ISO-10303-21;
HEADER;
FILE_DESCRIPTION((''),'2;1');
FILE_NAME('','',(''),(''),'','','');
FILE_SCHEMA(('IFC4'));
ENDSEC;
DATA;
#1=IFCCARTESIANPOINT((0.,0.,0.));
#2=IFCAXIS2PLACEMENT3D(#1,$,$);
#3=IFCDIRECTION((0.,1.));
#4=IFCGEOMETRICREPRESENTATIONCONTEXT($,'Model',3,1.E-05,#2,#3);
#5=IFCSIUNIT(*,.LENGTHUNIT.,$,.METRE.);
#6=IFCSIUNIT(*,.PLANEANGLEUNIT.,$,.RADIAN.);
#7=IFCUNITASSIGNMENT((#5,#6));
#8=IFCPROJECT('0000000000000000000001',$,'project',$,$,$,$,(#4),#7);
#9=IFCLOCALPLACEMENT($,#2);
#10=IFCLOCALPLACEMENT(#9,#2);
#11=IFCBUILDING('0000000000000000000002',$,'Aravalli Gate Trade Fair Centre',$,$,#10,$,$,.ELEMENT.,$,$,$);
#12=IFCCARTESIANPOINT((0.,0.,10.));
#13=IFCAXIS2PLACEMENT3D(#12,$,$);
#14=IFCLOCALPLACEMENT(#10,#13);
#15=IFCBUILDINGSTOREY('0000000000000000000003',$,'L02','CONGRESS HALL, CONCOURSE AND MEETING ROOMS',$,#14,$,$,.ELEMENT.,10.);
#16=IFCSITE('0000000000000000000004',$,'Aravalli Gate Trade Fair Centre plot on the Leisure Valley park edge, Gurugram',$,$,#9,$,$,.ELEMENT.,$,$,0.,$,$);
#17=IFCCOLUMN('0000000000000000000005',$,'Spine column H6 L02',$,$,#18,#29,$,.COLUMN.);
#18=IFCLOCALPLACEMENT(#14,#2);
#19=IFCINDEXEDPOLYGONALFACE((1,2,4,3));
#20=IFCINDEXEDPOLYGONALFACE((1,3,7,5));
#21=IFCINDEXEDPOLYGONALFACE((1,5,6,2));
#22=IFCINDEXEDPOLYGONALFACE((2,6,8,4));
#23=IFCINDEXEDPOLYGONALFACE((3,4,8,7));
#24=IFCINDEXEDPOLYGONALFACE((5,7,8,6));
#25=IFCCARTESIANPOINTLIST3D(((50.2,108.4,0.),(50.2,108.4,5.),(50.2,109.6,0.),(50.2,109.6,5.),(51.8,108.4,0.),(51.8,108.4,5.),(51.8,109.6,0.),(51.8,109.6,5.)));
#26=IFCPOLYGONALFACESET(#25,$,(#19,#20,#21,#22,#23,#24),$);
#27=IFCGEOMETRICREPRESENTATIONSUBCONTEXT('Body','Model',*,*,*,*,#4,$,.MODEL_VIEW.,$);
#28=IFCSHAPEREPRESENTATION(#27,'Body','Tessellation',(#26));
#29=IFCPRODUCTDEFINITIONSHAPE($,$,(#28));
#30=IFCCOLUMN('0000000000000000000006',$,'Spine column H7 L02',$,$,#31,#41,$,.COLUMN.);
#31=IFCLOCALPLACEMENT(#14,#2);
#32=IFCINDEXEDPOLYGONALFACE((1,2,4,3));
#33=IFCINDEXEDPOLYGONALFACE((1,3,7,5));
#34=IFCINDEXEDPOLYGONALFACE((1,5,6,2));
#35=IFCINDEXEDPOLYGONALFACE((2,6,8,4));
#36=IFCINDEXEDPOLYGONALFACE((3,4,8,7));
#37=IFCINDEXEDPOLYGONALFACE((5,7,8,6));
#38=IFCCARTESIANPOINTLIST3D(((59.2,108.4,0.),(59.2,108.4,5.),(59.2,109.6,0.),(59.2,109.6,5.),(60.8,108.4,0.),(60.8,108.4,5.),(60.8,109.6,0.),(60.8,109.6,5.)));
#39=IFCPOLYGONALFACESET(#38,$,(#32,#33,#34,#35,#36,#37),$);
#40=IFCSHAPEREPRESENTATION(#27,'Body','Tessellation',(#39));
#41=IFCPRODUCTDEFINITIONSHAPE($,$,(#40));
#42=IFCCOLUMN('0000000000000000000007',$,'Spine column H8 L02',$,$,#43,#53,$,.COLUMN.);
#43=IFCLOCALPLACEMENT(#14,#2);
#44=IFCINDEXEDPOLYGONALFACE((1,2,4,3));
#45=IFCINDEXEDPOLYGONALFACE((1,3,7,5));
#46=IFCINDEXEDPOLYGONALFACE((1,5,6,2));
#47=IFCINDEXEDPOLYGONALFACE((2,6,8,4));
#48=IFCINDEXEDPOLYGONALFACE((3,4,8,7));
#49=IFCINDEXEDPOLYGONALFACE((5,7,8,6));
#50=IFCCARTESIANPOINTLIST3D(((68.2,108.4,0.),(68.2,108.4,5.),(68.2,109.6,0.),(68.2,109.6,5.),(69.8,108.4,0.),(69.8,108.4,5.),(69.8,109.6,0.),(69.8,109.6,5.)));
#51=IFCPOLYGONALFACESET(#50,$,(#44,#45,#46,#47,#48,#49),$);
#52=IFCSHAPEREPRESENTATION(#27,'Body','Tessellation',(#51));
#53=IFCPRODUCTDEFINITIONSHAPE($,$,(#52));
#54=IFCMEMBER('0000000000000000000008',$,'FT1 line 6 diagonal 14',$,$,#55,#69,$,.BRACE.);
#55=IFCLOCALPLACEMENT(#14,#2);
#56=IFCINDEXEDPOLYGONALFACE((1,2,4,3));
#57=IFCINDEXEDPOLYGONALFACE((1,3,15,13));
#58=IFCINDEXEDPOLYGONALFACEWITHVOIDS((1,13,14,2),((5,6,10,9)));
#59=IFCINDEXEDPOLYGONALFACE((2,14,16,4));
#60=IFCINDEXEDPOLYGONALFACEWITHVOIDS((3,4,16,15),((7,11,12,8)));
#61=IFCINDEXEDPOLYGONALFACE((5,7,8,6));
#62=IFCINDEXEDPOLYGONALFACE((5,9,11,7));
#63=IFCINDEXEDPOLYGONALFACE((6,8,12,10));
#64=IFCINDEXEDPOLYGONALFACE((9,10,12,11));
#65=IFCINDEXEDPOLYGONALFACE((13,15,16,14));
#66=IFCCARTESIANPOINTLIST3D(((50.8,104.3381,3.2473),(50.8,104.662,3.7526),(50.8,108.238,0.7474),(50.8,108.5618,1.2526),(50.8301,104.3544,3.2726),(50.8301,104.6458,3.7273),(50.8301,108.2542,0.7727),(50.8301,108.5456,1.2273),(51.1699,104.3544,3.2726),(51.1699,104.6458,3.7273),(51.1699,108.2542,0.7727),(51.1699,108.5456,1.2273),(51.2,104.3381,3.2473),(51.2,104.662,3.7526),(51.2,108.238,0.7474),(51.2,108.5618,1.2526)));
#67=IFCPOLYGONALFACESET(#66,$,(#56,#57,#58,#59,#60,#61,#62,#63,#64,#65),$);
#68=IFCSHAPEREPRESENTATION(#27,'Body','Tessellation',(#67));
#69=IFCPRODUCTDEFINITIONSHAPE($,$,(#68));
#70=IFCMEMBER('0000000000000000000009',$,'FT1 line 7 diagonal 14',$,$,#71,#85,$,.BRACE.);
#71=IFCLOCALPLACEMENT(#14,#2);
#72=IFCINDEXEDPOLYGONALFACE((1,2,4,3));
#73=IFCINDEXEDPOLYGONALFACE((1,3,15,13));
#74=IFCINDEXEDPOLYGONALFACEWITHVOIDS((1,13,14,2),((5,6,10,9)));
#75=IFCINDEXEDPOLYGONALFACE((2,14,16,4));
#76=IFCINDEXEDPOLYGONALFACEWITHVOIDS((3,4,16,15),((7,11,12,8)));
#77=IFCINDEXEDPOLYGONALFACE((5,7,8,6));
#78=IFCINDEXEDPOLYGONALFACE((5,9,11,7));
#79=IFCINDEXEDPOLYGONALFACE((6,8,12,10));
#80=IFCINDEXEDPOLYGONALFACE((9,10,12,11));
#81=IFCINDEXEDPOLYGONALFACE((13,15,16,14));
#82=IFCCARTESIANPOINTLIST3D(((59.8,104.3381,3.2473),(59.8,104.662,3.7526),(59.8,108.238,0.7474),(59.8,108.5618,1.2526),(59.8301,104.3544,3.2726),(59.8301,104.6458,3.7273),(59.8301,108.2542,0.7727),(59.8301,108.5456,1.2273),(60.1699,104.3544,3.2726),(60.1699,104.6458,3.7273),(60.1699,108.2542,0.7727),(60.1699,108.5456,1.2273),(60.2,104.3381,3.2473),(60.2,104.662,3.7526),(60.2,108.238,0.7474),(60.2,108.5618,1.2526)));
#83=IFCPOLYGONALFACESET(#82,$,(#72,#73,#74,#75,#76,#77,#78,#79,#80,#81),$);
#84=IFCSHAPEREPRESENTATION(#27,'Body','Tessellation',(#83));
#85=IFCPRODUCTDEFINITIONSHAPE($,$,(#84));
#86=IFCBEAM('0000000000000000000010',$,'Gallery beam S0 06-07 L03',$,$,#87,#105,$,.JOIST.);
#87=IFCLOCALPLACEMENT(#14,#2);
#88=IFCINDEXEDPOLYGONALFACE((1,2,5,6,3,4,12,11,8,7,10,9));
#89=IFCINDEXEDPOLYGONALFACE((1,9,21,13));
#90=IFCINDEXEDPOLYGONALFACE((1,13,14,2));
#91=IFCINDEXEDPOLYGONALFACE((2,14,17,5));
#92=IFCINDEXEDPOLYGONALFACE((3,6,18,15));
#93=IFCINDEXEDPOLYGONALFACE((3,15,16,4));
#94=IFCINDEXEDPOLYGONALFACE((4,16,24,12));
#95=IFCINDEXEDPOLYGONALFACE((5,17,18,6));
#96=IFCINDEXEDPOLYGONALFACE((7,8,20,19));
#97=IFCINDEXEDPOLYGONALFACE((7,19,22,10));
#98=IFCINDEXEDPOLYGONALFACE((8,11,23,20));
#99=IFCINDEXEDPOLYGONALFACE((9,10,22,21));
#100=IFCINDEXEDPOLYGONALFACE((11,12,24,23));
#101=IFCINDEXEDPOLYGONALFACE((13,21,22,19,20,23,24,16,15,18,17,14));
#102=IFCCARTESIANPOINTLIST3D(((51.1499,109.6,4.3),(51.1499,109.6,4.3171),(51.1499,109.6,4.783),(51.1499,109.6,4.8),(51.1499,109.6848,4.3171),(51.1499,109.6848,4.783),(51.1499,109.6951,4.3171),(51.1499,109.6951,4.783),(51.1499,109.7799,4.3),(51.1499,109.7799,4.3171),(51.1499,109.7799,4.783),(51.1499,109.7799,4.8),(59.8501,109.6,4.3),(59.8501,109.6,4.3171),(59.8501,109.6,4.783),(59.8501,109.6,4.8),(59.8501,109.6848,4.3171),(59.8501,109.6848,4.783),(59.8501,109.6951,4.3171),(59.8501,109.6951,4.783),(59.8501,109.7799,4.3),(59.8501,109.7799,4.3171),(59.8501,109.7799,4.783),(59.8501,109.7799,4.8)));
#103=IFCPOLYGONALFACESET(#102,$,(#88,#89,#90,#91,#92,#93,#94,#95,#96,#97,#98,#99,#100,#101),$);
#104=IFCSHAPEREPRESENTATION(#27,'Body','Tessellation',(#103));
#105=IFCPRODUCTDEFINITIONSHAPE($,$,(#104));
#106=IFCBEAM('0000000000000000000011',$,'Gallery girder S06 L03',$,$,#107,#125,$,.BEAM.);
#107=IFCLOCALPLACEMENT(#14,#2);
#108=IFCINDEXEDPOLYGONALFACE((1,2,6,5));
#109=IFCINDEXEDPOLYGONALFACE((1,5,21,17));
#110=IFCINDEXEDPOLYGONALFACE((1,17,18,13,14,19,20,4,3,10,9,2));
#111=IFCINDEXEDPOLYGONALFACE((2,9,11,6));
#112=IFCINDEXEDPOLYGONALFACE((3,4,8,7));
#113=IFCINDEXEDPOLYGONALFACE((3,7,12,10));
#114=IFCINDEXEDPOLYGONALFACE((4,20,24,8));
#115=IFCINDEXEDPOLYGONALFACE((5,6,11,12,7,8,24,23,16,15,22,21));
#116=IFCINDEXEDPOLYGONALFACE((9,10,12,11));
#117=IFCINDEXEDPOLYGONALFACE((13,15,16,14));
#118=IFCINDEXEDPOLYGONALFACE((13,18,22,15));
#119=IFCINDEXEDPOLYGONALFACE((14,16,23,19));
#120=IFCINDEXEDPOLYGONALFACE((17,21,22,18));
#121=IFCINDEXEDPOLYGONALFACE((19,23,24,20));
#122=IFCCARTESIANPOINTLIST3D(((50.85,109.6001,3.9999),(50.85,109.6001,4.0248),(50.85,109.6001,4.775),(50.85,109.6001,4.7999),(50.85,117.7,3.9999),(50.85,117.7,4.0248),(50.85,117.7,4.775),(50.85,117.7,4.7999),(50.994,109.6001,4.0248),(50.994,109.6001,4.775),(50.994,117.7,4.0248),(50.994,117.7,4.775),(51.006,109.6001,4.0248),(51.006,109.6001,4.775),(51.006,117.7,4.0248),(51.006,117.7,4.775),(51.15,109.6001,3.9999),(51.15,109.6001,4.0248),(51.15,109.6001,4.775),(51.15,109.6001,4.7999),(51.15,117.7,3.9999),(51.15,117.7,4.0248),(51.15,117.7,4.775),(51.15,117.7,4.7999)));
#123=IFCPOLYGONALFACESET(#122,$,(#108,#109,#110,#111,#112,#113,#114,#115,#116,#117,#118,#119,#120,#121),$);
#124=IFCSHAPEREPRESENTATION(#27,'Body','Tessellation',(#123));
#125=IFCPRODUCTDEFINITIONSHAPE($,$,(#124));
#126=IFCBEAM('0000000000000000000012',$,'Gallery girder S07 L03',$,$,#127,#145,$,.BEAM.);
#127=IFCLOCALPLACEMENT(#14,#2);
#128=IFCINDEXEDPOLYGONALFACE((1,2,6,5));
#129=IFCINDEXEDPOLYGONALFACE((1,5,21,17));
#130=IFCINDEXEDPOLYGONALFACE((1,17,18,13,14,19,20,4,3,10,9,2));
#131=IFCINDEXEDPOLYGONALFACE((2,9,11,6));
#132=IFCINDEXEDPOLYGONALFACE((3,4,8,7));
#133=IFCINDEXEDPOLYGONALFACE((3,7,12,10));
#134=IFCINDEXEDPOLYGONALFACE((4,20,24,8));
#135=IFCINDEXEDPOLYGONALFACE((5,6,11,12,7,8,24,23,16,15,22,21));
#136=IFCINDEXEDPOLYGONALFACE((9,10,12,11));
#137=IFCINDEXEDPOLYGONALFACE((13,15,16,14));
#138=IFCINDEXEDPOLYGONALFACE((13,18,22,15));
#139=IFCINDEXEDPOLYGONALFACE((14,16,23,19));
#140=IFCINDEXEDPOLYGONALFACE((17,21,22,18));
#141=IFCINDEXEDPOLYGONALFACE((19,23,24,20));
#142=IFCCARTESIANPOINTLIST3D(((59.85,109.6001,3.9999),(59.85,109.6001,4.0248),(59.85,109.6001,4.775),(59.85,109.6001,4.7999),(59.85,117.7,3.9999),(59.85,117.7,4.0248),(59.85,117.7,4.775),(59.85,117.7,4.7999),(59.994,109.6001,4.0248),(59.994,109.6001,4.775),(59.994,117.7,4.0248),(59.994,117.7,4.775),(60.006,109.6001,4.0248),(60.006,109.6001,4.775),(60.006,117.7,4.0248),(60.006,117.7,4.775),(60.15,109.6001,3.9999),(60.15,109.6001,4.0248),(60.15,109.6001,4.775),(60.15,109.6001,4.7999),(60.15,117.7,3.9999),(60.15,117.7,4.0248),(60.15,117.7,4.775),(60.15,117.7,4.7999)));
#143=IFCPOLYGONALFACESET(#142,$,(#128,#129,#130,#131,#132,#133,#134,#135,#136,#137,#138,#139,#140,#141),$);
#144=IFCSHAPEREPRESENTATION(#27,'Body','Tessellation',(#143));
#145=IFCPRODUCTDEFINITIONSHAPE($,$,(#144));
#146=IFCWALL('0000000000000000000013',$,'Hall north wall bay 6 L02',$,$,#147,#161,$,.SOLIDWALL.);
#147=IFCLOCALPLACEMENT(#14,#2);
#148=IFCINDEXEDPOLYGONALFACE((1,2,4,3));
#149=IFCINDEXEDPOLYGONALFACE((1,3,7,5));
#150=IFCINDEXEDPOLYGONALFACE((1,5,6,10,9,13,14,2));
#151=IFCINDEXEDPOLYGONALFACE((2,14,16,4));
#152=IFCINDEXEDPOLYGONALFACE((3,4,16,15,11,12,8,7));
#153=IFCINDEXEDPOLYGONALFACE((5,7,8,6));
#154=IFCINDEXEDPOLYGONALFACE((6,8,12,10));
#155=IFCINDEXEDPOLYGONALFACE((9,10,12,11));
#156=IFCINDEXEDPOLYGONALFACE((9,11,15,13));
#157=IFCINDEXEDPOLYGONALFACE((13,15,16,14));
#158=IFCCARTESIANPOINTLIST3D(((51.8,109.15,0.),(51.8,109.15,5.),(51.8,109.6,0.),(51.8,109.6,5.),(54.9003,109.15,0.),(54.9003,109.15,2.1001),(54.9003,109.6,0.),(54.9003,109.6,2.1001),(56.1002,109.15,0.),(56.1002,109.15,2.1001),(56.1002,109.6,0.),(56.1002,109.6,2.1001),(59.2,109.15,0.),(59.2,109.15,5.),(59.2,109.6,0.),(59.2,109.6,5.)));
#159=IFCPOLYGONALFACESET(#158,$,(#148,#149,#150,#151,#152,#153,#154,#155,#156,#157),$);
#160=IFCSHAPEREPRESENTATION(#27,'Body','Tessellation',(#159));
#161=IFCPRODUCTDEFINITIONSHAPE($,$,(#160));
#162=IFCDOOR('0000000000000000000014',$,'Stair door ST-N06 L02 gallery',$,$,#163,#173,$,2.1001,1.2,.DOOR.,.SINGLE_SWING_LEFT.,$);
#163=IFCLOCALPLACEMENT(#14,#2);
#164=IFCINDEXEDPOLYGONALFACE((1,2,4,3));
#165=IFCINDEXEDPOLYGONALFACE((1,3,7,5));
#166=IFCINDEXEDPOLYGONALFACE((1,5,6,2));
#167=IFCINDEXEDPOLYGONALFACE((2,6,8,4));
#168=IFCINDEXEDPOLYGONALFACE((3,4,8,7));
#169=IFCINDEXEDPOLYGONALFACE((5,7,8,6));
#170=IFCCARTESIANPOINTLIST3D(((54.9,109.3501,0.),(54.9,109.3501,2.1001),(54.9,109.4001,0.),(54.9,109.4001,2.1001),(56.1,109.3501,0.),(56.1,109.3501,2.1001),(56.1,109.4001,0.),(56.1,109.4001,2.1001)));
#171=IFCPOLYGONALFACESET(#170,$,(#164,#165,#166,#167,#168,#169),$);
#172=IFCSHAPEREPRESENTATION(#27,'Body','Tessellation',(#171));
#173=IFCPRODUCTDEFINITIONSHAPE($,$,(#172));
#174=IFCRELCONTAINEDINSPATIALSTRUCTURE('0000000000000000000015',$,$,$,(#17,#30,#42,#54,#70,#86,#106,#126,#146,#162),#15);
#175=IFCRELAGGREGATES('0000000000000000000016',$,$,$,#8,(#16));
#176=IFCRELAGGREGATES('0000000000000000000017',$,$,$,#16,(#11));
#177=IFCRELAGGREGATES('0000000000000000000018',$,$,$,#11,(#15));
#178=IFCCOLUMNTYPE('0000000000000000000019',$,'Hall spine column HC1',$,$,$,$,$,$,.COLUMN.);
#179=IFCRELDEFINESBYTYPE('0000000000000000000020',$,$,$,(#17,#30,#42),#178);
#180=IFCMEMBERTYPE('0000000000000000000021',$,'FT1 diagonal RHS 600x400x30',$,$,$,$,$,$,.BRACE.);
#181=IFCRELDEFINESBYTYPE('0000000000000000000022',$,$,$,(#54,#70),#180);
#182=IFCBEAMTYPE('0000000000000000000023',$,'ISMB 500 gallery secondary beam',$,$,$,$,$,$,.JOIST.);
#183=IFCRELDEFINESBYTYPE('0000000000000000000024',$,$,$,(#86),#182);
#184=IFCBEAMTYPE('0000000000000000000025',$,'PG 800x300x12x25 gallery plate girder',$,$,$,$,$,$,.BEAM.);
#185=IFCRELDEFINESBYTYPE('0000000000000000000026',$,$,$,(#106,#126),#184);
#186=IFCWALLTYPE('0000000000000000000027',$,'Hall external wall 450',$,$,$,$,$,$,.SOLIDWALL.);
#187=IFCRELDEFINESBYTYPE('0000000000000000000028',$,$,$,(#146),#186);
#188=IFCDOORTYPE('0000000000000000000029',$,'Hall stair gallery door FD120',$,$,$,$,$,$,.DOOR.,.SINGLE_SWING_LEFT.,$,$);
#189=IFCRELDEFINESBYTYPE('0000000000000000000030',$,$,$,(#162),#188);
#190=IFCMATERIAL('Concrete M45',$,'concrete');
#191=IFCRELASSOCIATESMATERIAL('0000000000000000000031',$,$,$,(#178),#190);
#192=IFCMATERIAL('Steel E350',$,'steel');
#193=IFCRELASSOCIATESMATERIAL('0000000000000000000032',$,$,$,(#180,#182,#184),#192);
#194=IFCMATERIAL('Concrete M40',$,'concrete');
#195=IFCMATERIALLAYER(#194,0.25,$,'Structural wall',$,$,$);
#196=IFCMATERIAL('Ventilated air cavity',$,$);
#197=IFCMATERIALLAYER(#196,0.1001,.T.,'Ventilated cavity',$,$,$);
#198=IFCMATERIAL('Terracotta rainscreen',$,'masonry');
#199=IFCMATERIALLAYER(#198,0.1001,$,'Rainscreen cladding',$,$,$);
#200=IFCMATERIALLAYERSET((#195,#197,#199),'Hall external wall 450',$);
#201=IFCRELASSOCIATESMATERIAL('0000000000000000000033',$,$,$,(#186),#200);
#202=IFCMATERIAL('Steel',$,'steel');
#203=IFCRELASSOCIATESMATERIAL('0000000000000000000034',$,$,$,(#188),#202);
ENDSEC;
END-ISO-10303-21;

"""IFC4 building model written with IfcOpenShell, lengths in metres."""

from ifc_helpers import new_model, si_unit, direction, frame, frame_2d, origin, origin_2d, place, context, subcontext, project, spatial, rectangle, hollow_rectangle, i_section, extrude, material, layer, layer_set, material_profile, profile_set, type_object, element, fill, save


model = new_model("IFC4")

# Units and contexts
model_context = context("Model", 3, precision=1e-05, world=origin(), true_north=direction((0.0, 1.0)))
body_context = subcontext(model_context, "Body", "Model", "MODEL_VIEW")
ifc_project = project(units=[si_unit("LENGTHUNIT", "METRE"), si_unit("PLANEANGLEUNIT", "RADIAN")], contexts=[model_context])

# Site, building, storey
site_placement = place(None, origin())
site = spatial("IfcSite", under=ifc_project, at=site_placement, Name="Aravalli Gate Trade Fair Centre plot on the Leisure Valley park edge, Gurugram", CompositionType="ELEMENT", RefElevation=0.0)
building_placement = place(site_placement, origin())
building = spatial("IfcBuilding", under=site, at=building_placement, Name="Aravalli Gate Trade Fair Centre", CompositionType="ELEMENT")
storey_placement = place(building_placement, frame((0.0, 0.0, 10.0)))
storey = spatial("IfcBuildingStorey", under=building, at=storey_placement, Name="L02", Description="CONGRESS HALL, CONCOURSE AND MEETING ROOMS", CompositionType="ELEMENT", Elevation=10.0)

# Columns
ifc_material_1 = material(Name="Concrete M45", Category="concrete")
ifc_material_profile_1 = material_profile(ifc_material_1, rectangle(XDim=1.6001, YDim=1.2, at=origin_2d()), Name="RC 1600x1200")
ifc_profile_set_1 = profile_set([ifc_material_profile_1], Name="Concrete M45")
column_type = type_object("IfcColumnType", Name="Hall spine column HC1", PredefinedType="COLUMN", material=ifc_profile_set_1)
for number, where, z_axis, x_axis, name in (
    (1, (51.0, 109.0, 0.0), (0.0, 0.0, 1.0), (1.0, 0.0, 0.0), "Spine column H6 L02"),
    (2, (60.0, 109.0, 0.0), (0.0, 0.0, 1.0), (1.0, 0.0, 0.0), "Spine column H7 L02"),
    (3, (69.0, 109.0, 0.0), (0.0, 0.0, 1.0), (1.0, 0.0, 0.0), "Spine column H8 L02"),
):
    element("IfcColumn", number, at=place(storey_placement, frame(where, z_axis=z_axis, x_axis=x_axis)), inside=storey, type_object=column_type, Name=name, PredefinedType="COLUMN", context=body_context, shape_type="SweptSolid", body=[
        extrude(rectangle(XDim=1.6001, YDim=1.2, at=origin_2d()), origin(), (0.0, 0.0, 1.0), 5.0),
    ])

# Members
ifc_material_2 = material(Name="Steel E350", Category="steel")
ifc_material_profile_2 = material_profile(ifc_material_2, hollow_rectangle(XDim=0.3999, YDim=0.6001, WallThickness=0.03, at=origin_2d()), Name="RHS 600x400x30")
ifc_profile_set_2 = profile_set([ifc_material_profile_2], Name="Steel E350")
member_type = type_object("IfcMemberType", Name="FT1 diagonal RHS 600x400x30", PredefinedType="BRACE", material=ifc_profile_set_2)
for number, where, z_axis, x_axis, name in (
    (4, (51.0, 108.3999, 1.0), (0.0, -0.841873, 0.539676), (1.0, 0.0, 0.0), "FT1 line 6 diagonal 14"),
    (5, (60.0, 108.3999, 1.0), (0.0, -0.841873, 0.539676), (1.0, 0.0, 0.0), "FT1 line 7 diagonal 14"),
):
    element("IfcMember", number, at=place(storey_placement, frame(where, z_axis=z_axis, x_axis=x_axis)), inside=storey, type_object=member_type, Name=name, PredefinedType="BRACE", context=body_context, shape_type="SweptSolid", body=[
        extrude(hollow_rectangle(XDim=0.3999, YDim=0.6001, WallThickness=0.03, at=origin_2d()), origin(), (0.0, 0.0, 1.0), 4.6323),
    ])

# Beams
ifc_material_profile_3 = material_profile(ifc_material_2, i_section(OverallWidth=0.1799, OverallDepth=0.5, WebThickness=0.0103, FlangeThickness=0.0171, at=origin_2d()), Name="ISMB 500")
ifc_profile_set_3 = profile_set([ifc_material_profile_3], Name="Steel E350")
beam_type_1 = type_object("IfcBeamType", Name="ISMB 500 gallery secondary beam", PredefinedType="JOIST", material=ifc_profile_set_3)
beam_placement = place(storey_placement, frame((51.1499, 109.6899, 4.55), z_axis=(1.0, 0.0, 0.0), x_axis=(0.0, 1.0, 0.0)))
element("IfcBeam", 6, at=beam_placement, inside=storey, type_object=beam_type_1, Name="Gallery beam S0 06-07 L03", PredefinedType="JOIST", context=body_context, shape_type="SweptSolid", body=[
    extrude(i_section(OverallWidth=0.1799, OverallDepth=0.5, WebThickness=0.0103, FlangeThickness=0.0171, at=origin_2d()), origin(), (0.0, 0.0, 1.0), 8.7002),
])
ifc_material_profile_4 = material_profile(ifc_material_2, i_section(OverallWidth=0.3, OverallDepth=0.8, WebThickness=0.012, FlangeThickness=0.0249, at=origin_2d()), Name="PG 800x300x12x25")
ifc_profile_set_4 = profile_set([ifc_material_profile_4], Name="Steel E350")
beam_type_2 = type_object("IfcBeamType", Name="PG 800x300x12x25 gallery plate girder", PredefinedType="BEAM", material=ifc_profile_set_4)
for number, where, z_axis, x_axis, name in (
    (7, (51.0, 109.6001, 4.3999), (0.0, 1.0, 0.0), (-1.0, 0.0, 0.0), "Gallery girder S06 L03"),
    (8, (60.0, 109.6001, 4.3999), (0.0, 1.0, 0.0), (-1.0, 0.0, 0.0), "Gallery girder S07 L03"),
):
    element("IfcBeam", number, at=place(storey_placement, frame(where, z_axis=z_axis, x_axis=x_axis)), inside=storey, type_object=beam_type_2, Name=name, PredefinedType="BEAM", context=body_context, shape_type="SweptSolid", body=[
        extrude(i_section(OverallWidth=0.3, OverallDepth=0.8, WebThickness=0.012, FlangeThickness=0.0249, at=origin_2d()), origin(), (0.0, 0.0, 1.0), 8.0999),
    ])

# Wall, opening, door
ifc_material_3 = material(Name="Concrete M40", Category="concrete")
ifc_layer_1 = layer(ifc_material_3, 0.25, Name="Structural wall")
ifc_material_4 = material(Name="Ventilated air cavity")
ifc_layer_2 = layer(ifc_material_4, 0.1001, ventilated=True, Name="Ventilated cavity")
ifc_material_5 = material(Name="Terracotta rainscreen", Category="masonry")
ifc_layer_3 = layer(ifc_material_5, 0.1001, Name="Rainscreen cladding")
ifc_layer_set_1 = layer_set([ifc_layer_1, ifc_layer_2, ifc_layer_3], Name="Hall external wall 450")
wall_type_1 = type_object("IfcWallType", Name="Hall external wall 450", PredefinedType="SOLIDWALL", material=ifc_layer_set_1)
wall_1_placement = place(storey_placement, frame((51.8, 109.375, 0.0), z_axis=(0.0, 0.0, 1.0), x_axis=(1.0, 0.0, 0.0)))
wall_1 = element("IfcWall", 9, at=wall_1_placement, inside=storey, type_object=wall_type_1, Name="Hall north wall bay 6 L02", PredefinedType="SOLIDWALL", context=body_context, shape_type="SweptSolid", body=[
    extrude(rectangle(XDim=7.3999, YDim=0.45, at=frame_2d((3.7, 0.0))), origin(), (0.0, 0.0, 1.0), 5.0),
])
opening_1_placement = place(wall_1_placement, frame((3.1001, 0.0, 0.0)))
opening_1 = element("IfcOpeningElement", 10, at=opening_1_placement, cuts=wall_1, PredefinedType="OPENING", context=body_context, shape_type="SweptSolid", body=[
    extrude(rectangle(XDim=1.2, YDim=2.1001, at=frame_2d((0.6001, 1.05))), frame((0.0, 0.2349, 0.0), z_axis=(0.0, -1.0, 0.0), x_axis=(1.0, 0.0, 0.0)), (0.0, 0.0, 1.0), 0.47),
])
ifc_material_6 = material(Name="Steel", Category="steel")
door_type_1 = type_object("IfcDoorType", Name="Hall stair gallery door FD120", OperationType="SINGLE_SWING_LEFT", PredefinedType="DOOR", material=ifc_material_6)
door_1_placement = place(opening_1_placement, frame((1.2, 0.0, 0.0), z_axis=(0.0, 0.0, 1.0), x_axis=(-1.0, 0.0, 0.0)))
door_1 = element("IfcDoor", 11, at=door_1_placement, inside=storey, type_object=door_type_1, Name="Stair door ST-N06 L02 gallery", OperationType="SINGLE_SWING_LEFT", OverallHeight=2.1001, OverallWidth=1.2, PredefinedType="DOOR", context=body_context, shape_type="SweptSolid", body=[
    extrude(rectangle(XDim=1.2, YDim=2.1001, at=frame_2d((0.6001, 1.05))), frame((0.0, 0.0249, 0.0), z_axis=(0.0, -1.0, 0.0), x_axis=(1.0, 0.0, 0.0)), (0.0, 0.0, 1.0), 0.05),
])
fill(opening_1, door_1)

save(model, "model.ifc")
